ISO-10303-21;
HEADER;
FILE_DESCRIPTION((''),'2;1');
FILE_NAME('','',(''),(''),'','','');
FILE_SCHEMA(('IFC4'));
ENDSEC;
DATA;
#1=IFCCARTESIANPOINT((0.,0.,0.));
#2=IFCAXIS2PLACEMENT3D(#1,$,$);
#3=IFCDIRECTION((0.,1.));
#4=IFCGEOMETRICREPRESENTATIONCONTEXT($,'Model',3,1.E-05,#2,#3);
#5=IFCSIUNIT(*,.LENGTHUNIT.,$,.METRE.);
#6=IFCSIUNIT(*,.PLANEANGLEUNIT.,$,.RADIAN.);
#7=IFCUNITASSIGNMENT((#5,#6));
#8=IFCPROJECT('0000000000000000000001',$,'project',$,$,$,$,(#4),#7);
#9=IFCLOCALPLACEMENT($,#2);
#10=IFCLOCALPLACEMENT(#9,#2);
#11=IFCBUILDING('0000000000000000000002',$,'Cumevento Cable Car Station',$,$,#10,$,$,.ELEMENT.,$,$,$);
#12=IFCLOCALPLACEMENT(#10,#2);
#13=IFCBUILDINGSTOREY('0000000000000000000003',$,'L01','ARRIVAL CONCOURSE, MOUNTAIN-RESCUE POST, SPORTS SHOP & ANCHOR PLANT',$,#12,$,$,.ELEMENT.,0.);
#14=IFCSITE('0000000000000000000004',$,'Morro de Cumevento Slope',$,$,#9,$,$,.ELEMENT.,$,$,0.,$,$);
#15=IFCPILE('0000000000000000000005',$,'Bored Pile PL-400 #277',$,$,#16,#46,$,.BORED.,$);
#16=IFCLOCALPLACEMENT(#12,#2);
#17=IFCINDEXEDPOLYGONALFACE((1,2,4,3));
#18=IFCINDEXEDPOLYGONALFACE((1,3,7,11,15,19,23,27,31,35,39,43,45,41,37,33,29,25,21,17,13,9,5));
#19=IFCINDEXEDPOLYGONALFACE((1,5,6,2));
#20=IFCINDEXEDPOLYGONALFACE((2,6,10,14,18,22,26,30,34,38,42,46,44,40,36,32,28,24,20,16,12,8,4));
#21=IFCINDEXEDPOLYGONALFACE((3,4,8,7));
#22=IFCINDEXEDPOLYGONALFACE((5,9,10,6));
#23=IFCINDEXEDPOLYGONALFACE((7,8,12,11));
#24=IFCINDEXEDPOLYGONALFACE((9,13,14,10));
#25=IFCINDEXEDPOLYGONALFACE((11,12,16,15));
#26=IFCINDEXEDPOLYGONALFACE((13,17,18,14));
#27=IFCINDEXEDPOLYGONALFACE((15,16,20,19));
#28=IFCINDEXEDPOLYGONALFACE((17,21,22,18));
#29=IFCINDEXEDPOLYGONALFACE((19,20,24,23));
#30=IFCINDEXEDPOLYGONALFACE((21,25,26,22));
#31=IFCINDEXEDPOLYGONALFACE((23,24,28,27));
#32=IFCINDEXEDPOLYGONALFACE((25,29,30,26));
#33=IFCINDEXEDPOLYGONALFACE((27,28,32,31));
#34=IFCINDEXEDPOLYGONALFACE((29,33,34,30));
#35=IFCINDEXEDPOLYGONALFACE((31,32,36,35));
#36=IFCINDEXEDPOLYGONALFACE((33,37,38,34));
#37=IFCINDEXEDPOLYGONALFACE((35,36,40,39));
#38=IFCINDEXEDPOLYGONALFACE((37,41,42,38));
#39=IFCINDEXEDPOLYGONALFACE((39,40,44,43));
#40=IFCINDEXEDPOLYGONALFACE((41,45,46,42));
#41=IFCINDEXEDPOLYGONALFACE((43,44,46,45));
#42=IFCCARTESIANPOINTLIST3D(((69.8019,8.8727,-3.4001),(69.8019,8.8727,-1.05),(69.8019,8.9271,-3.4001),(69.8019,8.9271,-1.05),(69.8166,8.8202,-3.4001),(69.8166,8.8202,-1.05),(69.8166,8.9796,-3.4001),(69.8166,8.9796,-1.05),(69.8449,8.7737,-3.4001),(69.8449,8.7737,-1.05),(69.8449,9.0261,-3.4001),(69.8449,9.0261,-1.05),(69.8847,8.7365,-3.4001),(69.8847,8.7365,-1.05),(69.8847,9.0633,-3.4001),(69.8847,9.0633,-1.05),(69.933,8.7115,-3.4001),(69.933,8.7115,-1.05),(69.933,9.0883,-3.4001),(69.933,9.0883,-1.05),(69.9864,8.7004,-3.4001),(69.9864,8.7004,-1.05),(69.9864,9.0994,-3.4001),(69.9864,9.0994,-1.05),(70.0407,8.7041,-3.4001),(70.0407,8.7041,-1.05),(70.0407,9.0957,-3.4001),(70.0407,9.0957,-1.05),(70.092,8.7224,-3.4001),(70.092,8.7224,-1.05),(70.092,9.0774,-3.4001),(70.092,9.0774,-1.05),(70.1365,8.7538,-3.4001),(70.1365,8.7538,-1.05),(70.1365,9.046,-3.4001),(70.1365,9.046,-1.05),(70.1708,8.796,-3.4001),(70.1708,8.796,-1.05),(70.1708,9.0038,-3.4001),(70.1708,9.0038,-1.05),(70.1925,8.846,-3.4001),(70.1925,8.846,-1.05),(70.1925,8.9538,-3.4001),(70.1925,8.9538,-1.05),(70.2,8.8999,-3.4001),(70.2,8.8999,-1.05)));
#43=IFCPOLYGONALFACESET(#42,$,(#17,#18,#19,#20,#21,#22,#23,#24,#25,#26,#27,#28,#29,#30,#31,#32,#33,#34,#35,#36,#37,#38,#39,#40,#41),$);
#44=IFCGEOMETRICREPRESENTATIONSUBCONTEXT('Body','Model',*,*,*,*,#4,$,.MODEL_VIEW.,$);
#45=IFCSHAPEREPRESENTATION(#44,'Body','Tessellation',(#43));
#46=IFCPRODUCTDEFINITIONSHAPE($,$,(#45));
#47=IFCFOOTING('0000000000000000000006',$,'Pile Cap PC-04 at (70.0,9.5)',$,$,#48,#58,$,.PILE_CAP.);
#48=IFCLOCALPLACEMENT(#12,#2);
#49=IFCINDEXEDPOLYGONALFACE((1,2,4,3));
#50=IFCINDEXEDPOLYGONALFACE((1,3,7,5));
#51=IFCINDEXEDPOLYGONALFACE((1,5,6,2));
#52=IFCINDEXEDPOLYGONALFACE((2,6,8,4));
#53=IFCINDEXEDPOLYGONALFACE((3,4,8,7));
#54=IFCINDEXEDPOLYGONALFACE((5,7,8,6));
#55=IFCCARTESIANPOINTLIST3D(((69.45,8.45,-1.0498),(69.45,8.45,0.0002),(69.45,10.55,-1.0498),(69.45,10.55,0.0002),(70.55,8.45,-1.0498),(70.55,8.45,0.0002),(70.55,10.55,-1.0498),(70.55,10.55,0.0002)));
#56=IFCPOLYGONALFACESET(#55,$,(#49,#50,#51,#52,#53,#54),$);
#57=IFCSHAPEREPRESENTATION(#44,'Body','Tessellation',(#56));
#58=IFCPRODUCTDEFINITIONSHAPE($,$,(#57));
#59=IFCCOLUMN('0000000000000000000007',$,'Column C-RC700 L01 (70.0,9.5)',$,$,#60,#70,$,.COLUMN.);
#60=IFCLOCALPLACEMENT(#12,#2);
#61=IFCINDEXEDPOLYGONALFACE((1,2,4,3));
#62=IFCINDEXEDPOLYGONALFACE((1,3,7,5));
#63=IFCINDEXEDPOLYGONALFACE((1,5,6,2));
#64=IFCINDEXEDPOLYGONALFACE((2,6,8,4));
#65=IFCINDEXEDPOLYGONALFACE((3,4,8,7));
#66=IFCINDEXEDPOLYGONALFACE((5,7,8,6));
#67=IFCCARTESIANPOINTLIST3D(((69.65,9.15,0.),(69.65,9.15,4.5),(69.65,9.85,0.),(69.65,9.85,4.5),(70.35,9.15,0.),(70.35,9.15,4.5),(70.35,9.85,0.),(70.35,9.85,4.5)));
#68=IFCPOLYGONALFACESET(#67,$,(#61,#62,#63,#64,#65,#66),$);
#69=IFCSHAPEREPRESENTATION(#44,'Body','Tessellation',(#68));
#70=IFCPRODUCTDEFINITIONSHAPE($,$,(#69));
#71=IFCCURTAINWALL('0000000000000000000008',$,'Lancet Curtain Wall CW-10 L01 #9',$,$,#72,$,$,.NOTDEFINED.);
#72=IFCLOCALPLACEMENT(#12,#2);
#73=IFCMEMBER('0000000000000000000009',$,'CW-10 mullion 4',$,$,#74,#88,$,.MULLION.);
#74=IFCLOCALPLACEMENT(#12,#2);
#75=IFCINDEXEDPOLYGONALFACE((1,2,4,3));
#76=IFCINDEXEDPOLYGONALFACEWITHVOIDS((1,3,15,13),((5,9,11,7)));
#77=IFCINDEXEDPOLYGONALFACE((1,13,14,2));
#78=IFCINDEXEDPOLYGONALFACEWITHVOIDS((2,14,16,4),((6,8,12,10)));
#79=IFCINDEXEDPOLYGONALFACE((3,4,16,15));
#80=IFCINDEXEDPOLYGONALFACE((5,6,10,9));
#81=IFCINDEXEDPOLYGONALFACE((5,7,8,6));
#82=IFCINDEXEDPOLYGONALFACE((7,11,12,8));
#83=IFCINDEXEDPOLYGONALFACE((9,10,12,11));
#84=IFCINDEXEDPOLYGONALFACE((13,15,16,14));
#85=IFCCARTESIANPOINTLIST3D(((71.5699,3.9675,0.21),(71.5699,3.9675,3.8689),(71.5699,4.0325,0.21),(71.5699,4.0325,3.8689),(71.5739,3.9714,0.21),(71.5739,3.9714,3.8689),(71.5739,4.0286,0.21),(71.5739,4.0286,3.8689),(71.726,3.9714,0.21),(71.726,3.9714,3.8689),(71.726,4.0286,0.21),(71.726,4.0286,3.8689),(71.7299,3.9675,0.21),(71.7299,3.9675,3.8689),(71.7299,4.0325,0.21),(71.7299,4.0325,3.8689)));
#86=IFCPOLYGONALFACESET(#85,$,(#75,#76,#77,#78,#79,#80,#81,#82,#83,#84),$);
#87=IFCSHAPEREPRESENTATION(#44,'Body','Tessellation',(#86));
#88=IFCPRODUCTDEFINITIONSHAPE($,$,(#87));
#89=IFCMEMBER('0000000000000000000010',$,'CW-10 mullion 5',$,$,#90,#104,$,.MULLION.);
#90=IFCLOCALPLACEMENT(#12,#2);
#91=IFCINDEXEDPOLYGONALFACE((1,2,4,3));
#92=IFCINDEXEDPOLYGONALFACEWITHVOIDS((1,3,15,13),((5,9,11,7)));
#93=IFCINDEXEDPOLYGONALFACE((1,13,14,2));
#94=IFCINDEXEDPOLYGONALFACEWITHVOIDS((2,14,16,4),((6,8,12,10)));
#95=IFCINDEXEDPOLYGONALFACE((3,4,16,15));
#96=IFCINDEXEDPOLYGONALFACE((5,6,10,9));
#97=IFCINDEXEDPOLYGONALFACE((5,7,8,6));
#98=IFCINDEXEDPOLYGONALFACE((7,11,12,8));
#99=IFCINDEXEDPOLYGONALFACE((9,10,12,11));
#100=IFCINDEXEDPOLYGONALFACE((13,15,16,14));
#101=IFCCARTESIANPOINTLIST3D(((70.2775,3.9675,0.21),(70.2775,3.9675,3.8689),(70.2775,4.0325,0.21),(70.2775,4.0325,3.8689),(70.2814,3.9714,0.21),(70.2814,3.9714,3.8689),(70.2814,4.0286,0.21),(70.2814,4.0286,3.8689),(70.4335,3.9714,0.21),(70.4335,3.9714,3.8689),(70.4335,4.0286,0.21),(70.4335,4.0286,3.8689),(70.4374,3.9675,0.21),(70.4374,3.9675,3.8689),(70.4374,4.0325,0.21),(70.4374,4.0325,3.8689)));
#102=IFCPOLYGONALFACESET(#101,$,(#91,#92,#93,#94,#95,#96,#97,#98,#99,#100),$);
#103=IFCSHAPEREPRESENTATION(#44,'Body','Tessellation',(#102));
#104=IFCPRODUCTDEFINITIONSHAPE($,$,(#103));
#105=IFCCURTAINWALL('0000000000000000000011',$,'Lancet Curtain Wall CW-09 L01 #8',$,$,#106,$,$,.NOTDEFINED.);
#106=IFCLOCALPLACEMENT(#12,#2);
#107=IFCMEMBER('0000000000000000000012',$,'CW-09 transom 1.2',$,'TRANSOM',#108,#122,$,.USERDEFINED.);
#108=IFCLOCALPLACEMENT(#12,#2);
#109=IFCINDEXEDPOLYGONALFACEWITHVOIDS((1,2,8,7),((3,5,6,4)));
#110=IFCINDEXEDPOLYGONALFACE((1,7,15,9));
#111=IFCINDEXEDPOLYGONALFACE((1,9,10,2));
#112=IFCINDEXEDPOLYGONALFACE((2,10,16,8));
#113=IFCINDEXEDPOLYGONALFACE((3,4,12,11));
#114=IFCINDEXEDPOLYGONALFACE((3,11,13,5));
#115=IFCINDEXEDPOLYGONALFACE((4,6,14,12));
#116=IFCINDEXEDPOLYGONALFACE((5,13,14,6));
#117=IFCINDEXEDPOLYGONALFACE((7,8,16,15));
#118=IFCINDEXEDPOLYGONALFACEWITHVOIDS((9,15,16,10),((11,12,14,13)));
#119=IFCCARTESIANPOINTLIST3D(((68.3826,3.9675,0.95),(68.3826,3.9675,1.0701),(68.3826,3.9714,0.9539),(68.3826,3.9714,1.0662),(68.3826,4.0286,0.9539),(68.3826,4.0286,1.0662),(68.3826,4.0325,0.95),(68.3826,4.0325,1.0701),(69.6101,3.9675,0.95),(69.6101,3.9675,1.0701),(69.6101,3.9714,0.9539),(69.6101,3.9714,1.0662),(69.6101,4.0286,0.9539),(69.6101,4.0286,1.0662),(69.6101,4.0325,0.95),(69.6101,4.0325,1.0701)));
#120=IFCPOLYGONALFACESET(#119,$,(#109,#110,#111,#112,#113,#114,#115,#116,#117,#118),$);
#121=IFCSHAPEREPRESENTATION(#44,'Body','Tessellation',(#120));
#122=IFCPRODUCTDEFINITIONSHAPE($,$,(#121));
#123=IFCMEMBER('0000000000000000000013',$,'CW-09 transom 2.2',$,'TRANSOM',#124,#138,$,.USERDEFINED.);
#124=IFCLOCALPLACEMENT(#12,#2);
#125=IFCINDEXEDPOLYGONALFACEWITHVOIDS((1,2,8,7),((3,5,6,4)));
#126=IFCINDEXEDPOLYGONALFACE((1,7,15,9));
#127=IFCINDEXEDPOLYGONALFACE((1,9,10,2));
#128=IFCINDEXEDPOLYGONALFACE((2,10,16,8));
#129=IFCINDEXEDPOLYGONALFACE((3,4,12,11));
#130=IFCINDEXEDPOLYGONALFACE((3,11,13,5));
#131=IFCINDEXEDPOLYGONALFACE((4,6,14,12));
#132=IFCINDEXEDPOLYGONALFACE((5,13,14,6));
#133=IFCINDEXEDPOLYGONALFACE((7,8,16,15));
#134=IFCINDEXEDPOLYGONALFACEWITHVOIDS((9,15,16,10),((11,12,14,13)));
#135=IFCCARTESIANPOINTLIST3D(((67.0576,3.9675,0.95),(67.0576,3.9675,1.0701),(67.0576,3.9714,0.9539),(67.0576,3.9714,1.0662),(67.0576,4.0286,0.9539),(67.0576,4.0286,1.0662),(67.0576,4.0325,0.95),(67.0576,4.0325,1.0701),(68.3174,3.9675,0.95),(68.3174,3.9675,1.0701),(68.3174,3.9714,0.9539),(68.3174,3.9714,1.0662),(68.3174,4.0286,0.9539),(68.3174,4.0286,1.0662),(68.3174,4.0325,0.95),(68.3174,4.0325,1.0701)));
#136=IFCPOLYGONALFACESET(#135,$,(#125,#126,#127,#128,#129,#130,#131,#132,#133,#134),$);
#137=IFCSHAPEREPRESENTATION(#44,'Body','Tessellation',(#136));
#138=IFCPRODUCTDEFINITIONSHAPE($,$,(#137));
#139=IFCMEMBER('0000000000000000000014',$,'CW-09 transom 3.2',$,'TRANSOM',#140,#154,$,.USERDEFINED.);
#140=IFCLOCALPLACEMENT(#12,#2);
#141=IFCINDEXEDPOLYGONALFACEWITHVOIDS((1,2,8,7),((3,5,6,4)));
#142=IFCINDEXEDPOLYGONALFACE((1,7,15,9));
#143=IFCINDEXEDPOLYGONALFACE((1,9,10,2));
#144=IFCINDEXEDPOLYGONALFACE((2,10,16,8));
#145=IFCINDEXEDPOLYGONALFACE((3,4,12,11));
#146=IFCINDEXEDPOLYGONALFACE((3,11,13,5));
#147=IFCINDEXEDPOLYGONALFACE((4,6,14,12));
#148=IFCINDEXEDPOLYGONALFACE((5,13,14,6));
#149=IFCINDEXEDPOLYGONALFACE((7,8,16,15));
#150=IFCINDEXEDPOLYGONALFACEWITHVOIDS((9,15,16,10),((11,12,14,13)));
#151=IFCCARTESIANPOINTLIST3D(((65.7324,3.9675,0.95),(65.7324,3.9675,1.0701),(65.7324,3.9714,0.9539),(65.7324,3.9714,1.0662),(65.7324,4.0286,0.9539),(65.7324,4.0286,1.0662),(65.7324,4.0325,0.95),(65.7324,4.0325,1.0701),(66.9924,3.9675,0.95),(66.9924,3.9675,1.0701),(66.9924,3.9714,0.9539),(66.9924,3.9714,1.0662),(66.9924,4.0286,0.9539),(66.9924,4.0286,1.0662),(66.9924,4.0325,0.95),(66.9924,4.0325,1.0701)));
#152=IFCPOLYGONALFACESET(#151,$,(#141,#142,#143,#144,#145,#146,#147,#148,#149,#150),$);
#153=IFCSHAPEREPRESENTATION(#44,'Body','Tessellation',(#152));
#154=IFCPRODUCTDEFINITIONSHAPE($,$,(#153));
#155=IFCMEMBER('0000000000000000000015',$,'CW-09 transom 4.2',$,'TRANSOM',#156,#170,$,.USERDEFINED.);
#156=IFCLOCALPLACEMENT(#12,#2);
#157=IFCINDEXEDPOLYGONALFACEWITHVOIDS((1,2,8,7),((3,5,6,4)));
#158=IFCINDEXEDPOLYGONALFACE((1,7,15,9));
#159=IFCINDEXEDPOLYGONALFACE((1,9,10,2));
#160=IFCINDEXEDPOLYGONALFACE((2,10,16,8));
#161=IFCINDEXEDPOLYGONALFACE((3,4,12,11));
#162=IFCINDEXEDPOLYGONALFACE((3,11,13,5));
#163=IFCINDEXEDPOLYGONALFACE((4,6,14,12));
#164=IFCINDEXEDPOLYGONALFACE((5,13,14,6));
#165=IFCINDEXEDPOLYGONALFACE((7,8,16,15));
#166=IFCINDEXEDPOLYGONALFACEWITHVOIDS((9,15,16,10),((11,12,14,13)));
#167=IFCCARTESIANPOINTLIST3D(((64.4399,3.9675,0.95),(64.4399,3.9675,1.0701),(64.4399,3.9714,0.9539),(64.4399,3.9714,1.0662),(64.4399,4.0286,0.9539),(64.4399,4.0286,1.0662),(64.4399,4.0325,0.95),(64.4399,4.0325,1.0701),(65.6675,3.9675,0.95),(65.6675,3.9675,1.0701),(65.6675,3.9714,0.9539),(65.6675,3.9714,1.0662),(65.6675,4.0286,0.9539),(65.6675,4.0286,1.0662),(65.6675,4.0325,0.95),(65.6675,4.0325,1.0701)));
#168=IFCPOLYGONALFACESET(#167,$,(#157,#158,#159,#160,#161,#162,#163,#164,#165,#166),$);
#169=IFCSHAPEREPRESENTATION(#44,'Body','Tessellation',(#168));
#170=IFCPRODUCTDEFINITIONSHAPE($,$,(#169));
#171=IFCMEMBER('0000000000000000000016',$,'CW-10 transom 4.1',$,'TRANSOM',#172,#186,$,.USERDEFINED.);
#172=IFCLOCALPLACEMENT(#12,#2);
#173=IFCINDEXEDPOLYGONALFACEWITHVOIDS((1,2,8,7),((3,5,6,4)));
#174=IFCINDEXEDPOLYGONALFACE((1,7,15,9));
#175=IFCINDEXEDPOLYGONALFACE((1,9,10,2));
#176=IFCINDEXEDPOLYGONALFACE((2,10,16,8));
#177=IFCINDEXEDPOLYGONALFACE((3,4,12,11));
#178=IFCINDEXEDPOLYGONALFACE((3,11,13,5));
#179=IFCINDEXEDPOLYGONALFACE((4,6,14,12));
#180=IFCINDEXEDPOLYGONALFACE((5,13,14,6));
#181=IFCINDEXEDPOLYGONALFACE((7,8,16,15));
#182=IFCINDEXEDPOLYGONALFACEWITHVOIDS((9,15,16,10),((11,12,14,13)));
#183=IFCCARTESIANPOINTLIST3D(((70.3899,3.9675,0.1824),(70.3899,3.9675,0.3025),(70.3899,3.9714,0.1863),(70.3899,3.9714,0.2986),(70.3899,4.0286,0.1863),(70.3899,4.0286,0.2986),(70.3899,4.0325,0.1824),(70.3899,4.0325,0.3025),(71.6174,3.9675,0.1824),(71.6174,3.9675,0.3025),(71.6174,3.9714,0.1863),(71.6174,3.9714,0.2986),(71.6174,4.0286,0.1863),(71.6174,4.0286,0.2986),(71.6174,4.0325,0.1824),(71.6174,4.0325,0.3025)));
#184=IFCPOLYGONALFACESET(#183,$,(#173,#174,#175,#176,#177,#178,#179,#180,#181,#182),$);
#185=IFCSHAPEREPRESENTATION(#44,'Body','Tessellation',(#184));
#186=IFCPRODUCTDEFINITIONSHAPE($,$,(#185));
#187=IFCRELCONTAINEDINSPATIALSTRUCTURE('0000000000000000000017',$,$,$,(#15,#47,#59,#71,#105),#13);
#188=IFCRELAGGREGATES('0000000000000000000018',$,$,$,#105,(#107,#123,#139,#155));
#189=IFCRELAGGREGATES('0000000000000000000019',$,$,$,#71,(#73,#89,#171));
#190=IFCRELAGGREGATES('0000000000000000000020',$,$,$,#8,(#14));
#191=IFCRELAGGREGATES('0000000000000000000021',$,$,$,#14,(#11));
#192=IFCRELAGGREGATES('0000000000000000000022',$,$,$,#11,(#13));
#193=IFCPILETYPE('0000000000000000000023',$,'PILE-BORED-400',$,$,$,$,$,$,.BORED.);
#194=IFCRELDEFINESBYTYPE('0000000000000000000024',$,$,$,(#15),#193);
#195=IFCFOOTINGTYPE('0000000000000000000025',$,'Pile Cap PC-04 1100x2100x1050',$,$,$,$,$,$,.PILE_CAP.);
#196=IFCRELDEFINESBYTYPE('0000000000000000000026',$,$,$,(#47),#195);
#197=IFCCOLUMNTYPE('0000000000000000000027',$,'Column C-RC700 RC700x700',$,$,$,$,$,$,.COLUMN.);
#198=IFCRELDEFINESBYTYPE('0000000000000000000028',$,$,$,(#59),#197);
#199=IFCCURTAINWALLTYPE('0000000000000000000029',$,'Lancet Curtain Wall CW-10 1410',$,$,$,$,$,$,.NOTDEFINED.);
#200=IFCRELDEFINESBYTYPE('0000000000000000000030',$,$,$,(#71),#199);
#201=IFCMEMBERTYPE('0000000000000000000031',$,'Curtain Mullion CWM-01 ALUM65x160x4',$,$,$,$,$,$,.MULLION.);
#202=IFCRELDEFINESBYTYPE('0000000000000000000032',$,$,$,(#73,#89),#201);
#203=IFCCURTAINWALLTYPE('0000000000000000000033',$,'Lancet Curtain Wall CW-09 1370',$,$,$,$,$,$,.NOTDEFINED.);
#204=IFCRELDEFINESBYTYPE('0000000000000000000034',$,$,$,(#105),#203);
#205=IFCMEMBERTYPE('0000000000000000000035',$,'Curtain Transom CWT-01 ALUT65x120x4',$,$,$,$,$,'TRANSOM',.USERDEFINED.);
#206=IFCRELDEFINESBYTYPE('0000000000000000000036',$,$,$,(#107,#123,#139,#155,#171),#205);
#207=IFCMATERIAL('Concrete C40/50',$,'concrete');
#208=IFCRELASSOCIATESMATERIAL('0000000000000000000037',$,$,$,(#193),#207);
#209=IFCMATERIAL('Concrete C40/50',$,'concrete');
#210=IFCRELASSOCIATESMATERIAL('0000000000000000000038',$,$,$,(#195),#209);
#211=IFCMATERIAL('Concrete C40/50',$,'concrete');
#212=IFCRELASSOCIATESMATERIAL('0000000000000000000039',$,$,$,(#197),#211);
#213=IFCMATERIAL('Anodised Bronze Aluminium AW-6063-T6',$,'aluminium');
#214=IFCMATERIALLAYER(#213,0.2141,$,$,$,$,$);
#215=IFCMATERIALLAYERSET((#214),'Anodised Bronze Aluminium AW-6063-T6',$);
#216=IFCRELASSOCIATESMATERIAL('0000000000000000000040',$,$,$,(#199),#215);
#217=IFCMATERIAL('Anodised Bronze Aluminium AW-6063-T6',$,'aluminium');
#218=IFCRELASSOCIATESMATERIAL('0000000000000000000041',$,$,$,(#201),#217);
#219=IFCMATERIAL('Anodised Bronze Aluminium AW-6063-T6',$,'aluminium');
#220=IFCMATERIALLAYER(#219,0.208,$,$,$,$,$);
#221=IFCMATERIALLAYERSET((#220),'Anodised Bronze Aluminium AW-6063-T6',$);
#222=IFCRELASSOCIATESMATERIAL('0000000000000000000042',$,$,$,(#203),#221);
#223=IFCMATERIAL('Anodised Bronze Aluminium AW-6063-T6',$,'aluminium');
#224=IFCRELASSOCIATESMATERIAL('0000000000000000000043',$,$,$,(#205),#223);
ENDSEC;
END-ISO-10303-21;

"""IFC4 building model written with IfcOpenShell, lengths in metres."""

from ifc_helpers import new_model, si_unit, direction, frame, origin, origin_2d, place, context, subcontext, project, spatial, rectangle, hollow_rectangle, circle, extrude, material, layer, layer_set, material_profile, profile_set, type_object, element, aggregate, save


model = new_model("IFC4")

# Units and contexts
model_context = context("Model", 3, precision=1e-05, world=origin(), true_north=direction((0.0, 1.0)))
body_context = subcontext(model_context, "Body", "Model", "MODEL_VIEW")
ifc_project = project(units=[si_unit("LENGTHUNIT", "METRE"), si_unit("PLANEANGLEUNIT", "RADIAN")], contexts=[model_context])

# Site, building, storey
site_placement = place(None, origin())
site = spatial("IfcSite", under=ifc_project, at=site_placement, Name="Morro de Cumevento Slope", CompositionType="ELEMENT", RefElevation=0.0)
building_placement = place(site_placement, origin())
building = spatial("IfcBuilding", under=site, at=building_placement, Name="Cumevento Cable Car Station", CompositionType="ELEMENT")
storey_placement = place(building_placement, origin())
storey = spatial("IfcBuildingStorey", under=building, at=storey_placement, Name="L01", Description="ARRIVAL CONCOURSE, MOUNTAIN-RESCUE POST, SPORTS SHOP & ANCHOR PLANT", CompositionType="ELEMENT", Elevation=0.0)

# Pile
ifc_material_1 = material(Name="Concrete C40/50", Category="concrete")
ifc_material_profile_1 = material_profile(ifc_material_1, circle(Radius=0.2, at=origin_2d()), Name="PILE-D400")
ifc_profile_set_1 = profile_set([ifc_material_profile_1], Name="Concrete C40/50")
pile_type = type_object("IfcPileType", Name="PILE-BORED-400", PredefinedType="BORED", material=ifc_profile_set_1)
pile_placement = place(storey_placement, frame((70.0, 8.8999, -1.05), z_axis=(0.0, 0.0, -1.0), x_axis=(1.0, 0.0, 0.0)))
element("IfcPile", 1, at=pile_placement, inside=storey, type_object=pile_type, Name="Bored Pile PL-400 #277", PredefinedType="BORED", context=body_context, shape_type="SweptSolid", body=[
    extrude(circle(Radius=0.2, at=origin_2d()), origin(), (0.0, 0.0, 1.0), 2.3501),
])

# Footing
ifc_material_2 = material(Name="Concrete C40/50", Category="concrete")
footing_type = type_object("IfcFootingType", Name="Pile Cap PC-04 1100x2100x1050", PredefinedType="PILE_CAP", material=ifc_material_2)
footing_placement = place(storey_placement, frame((70.0, 9.5, -1.0498), z_axis=(0.0, 0.0, 1.0), x_axis=(1.0, 0.0, 0.0)))
element("IfcFooting", 2, at=footing_placement, inside=storey, type_object=footing_type, Name="Pile Cap PC-04 at (70.0,9.5)", PredefinedType="PILE_CAP", context=body_context, shape_type="SweptSolid", body=[
    extrude(rectangle(XDim=1.1001, YDim=2.1001, at=origin_2d()), origin(), (0.0, 0.0, 1.0), 1.05),
])

# Column
ifc_material_3 = material(Name="Concrete C40/50", Category="concrete")
ifc_material_profile_2 = material_profile(ifc_material_3, rectangle(XDim=0.7, YDim=0.7, at=origin_2d()), Name="RC700x700")
ifc_profile_set_2 = profile_set([ifc_material_profile_2], Name="Concrete C40/50")
column_type = type_object("IfcColumnType", Name="Column C-RC700 RC700x700", PredefinedType="COLUMN", material=ifc_profile_set_2)
column_placement = place(storey_placement, frame((70.0, 9.5, 0.0), z_axis=(0.0, 0.0, 1.0), x_axis=(1.0, 0.0, 0.0)))
element("IfcColumn", 3, at=column_placement, inside=storey, type_object=column_type, Name="Column C-RC700 L01 (70.0,9.5)", PredefinedType="COLUMN", context=body_context, shape_type="SweptSolid", body=[
    extrude(rectangle(XDim=0.7, YDim=0.7, at=origin_2d()), origin(), (0.0, 0.0, 1.0), 4.5),
])

# Curtain walls, members
ifc_material_4 = material(Name="Anodised Bronze Aluminium AW-6063-T6", Category="aluminium")
ifc_layer_1 = layer(ifc_material_4, 0.2141)
ifc_layer_set_1 = layer_set([ifc_layer_1], Name="Anodised Bronze Aluminium AW-6063-T6")
curtain_wall_type_1 = type_object("IfcCurtainWallType", Name="Lancet Curtain Wall CW-10 1410", PredefinedType="NOTDEFINED", material=ifc_layer_set_1)
curtain_wall_1_placement = place(storey_placement, origin())
curtain_wall_1 = element("IfcCurtainWall", 4, at=curtain_wall_1_placement, inside=storey, type_object=curtain_wall_type_1, Name="Lancet Curtain Wall CW-10 L01 #9", PredefinedType="NOTDEFINED")
ifc_material_5 = material(Name="Anodised Bronze Aluminium AW-6063-T6", Category="aluminium")
ifc_material_profile_3 = material_profile(ifc_material_5, hollow_rectangle(XDim=0.0649, YDim=0.1599, WallThickness=0.0039, at=origin_2d()), Name="ALUM65x160x4")
ifc_profile_set_3 = profile_set([ifc_material_profile_3], Name="Anodised Bronze Aluminium AW-6063-T6")
member_type_1 = type_object("IfcMemberType", Name="Curtain Mullion CWM-01 ALUM65x160x4", PredefinedType="MULLION", material=ifc_profile_set_3)
member_1_placement = place(storey_placement, frame((71.6499, 4.0, 0.21), z_axis=(0.0, 0.0, 1.0), x_axis=(0.0, -1.0, 0.0)))
member_1 = element("IfcMember", 5, at=member_1_placement, type_object=member_type_1, Name="CW-10 mullion 4", PredefinedType="MULLION", context=body_context, shape_type="SweptSolid", body=[
    extrude(hollow_rectangle(XDim=0.0649, YDim=0.1599, WallThickness=0.0039, at=origin_2d()), origin(), (0.0, 0.0, 1.0), 3.6589),
])
member_2_placement = place(storey_placement, frame((70.3574, 4.0, 0.21), z_axis=(0.0, 0.0, 1.0), x_axis=(0.0, -1.0, 0.0)))
member_2 = element("IfcMember", 6, at=member_2_placement, type_object=member_type_1, Name="CW-10 mullion 5", PredefinedType="MULLION", context=body_context, shape_type="SweptSolid", body=[
    extrude(hollow_rectangle(XDim=0.0649, YDim=0.1599, WallThickness=0.0039, at=origin_2d()), origin(), (0.0, 0.0, 1.0), 3.6589),
])
ifc_material_6 = material(Name="Anodised Bronze Aluminium AW-6063-T6", Category="aluminium")
ifc_layer_2 = layer(ifc_material_6, 0.208)
ifc_layer_set_2 = layer_set([ifc_layer_2], Name="Anodised Bronze Aluminium AW-6063-T6")
curtain_wall_type_2 = type_object("IfcCurtainWallType", Name="Lancet Curtain Wall CW-09 1370", PredefinedType="NOTDEFINED", material=ifc_layer_set_2)
curtain_wall_2_placement = place(storey_placement, origin())
curtain_wall_2 = element("IfcCurtainWall", 7, at=curtain_wall_2_placement, inside=storey, type_object=curtain_wall_type_2, Name="Lancet Curtain Wall CW-09 L01 #8", PredefinedType="NOTDEFINED")
ifc_material_7 = material(Name="Anodised Bronze Aluminium AW-6063-T6", Category="aluminium")
ifc_material_profile_4 = material_profile(ifc_material_7, hollow_rectangle(XDim=0.0649, YDim=0.1201, WallThickness=0.0039, at=origin_2d()), Name="ALUT65x120x4")
ifc_profile_set_4 = profile_set([ifc_material_profile_4], Name="Anodised Bronze Aluminium AW-6063-T6")
member_type_2 = type_object("IfcMemberType", Name="Curtain Transom CWT-01 ALUT65x120x4", ElementType="TRANSOM", PredefinedType="USERDEFINED", material=ifc_profile_set_4)
member_3_placement = place(storey_placement, frame((69.6101, 4.0, 1.01), z_axis=(-1.0, 0.0, 0.0), x_axis=(0.0, -1.0, 0.0)))
member_3 = element("IfcMember", 8, at=member_3_placement, type_object=member_type_2, Name="CW-09 transom 1.2", ObjectType="TRANSOM", PredefinedType="USERDEFINED", context=body_context, shape_type="SweptSolid", body=[
    extrude(hollow_rectangle(XDim=0.0649, YDim=0.1201, WallThickness=0.0039, at=origin_2d()), origin(), (0.0, 0.0, 1.0), 1.2275),
])
member_4_placement = place(storey_placement, frame((68.3174, 4.0, 1.01), z_axis=(-1.0, 0.0, 0.0), x_axis=(0.0, -1.0, 0.0)))
member_4 = element("IfcMember", 9, at=member_4_placement, type_object=member_type_2, Name="CW-09 transom 2.2", ObjectType="TRANSOM", PredefinedType="USERDEFINED", context=body_context, shape_type="SweptSolid", body=[
    extrude(hollow_rectangle(XDim=0.0649, YDim=0.1201, WallThickness=0.0039, at=origin_2d()), origin(), (0.0, 0.0, 1.0), 1.2598),
])
member_5_placement = place(storey_placement, frame((66.9924, 4.0, 1.01), z_axis=(-1.0, 0.0, 0.0), x_axis=(0.0, -1.0, 0.0)))
member_5 = element("IfcMember", 10, at=member_5_placement, type_object=member_type_2, Name="CW-09 transom 3.2", ObjectType="TRANSOM", PredefinedType="USERDEFINED", context=body_context, shape_type="SweptSolid", body=[
    extrude(hollow_rectangle(XDim=0.0649, YDim=0.1201, WallThickness=0.0039, at=origin_2d()), origin(), (0.0, 0.0, 1.0), 1.26),
])
member_6_placement = place(storey_placement, frame((65.6675, 4.0, 1.01), z_axis=(-1.0, 0.0, 0.0), x_axis=(0.0, -1.0, 0.0)))
member_6 = element("IfcMember", 11, at=member_6_placement, type_object=member_type_2, Name="CW-09 transom 4.2", ObjectType="TRANSOM", PredefinedType="USERDEFINED", context=body_context, shape_type="SweptSolid", body=[
    extrude(hollow_rectangle(XDim=0.0649, YDim=0.1201, WallThickness=0.0039, at=origin_2d()), origin(), (0.0, 0.0, 1.0), 1.2275),
])

# Member
member_7_placement = place(storey_placement, frame((71.6174, 4.0, 0.2424), z_axis=(-1.0, 0.0, 0.0), x_axis=(0.0, -1.0, 0.0)))
member_7 = element("IfcMember", 12, at=member_7_placement, type_object=member_type_2, Name="CW-10 transom 4.1", ObjectType="TRANSOM", PredefinedType="USERDEFINED", context=body_context, shape_type="SweptSolid", body=[
    extrude(hollow_rectangle(XDim=0.0649, YDim=0.1201, WallThickness=0.0039, at=origin_2d()), origin(), (0.0, 0.0, 1.0), 1.2275),
])

aggregate(curtain_wall_2, [member_3, member_4, member_5, member_6])
aggregate(curtain_wall_1, [member_1, member_2, member_7])

save(model, "model.ifc")
